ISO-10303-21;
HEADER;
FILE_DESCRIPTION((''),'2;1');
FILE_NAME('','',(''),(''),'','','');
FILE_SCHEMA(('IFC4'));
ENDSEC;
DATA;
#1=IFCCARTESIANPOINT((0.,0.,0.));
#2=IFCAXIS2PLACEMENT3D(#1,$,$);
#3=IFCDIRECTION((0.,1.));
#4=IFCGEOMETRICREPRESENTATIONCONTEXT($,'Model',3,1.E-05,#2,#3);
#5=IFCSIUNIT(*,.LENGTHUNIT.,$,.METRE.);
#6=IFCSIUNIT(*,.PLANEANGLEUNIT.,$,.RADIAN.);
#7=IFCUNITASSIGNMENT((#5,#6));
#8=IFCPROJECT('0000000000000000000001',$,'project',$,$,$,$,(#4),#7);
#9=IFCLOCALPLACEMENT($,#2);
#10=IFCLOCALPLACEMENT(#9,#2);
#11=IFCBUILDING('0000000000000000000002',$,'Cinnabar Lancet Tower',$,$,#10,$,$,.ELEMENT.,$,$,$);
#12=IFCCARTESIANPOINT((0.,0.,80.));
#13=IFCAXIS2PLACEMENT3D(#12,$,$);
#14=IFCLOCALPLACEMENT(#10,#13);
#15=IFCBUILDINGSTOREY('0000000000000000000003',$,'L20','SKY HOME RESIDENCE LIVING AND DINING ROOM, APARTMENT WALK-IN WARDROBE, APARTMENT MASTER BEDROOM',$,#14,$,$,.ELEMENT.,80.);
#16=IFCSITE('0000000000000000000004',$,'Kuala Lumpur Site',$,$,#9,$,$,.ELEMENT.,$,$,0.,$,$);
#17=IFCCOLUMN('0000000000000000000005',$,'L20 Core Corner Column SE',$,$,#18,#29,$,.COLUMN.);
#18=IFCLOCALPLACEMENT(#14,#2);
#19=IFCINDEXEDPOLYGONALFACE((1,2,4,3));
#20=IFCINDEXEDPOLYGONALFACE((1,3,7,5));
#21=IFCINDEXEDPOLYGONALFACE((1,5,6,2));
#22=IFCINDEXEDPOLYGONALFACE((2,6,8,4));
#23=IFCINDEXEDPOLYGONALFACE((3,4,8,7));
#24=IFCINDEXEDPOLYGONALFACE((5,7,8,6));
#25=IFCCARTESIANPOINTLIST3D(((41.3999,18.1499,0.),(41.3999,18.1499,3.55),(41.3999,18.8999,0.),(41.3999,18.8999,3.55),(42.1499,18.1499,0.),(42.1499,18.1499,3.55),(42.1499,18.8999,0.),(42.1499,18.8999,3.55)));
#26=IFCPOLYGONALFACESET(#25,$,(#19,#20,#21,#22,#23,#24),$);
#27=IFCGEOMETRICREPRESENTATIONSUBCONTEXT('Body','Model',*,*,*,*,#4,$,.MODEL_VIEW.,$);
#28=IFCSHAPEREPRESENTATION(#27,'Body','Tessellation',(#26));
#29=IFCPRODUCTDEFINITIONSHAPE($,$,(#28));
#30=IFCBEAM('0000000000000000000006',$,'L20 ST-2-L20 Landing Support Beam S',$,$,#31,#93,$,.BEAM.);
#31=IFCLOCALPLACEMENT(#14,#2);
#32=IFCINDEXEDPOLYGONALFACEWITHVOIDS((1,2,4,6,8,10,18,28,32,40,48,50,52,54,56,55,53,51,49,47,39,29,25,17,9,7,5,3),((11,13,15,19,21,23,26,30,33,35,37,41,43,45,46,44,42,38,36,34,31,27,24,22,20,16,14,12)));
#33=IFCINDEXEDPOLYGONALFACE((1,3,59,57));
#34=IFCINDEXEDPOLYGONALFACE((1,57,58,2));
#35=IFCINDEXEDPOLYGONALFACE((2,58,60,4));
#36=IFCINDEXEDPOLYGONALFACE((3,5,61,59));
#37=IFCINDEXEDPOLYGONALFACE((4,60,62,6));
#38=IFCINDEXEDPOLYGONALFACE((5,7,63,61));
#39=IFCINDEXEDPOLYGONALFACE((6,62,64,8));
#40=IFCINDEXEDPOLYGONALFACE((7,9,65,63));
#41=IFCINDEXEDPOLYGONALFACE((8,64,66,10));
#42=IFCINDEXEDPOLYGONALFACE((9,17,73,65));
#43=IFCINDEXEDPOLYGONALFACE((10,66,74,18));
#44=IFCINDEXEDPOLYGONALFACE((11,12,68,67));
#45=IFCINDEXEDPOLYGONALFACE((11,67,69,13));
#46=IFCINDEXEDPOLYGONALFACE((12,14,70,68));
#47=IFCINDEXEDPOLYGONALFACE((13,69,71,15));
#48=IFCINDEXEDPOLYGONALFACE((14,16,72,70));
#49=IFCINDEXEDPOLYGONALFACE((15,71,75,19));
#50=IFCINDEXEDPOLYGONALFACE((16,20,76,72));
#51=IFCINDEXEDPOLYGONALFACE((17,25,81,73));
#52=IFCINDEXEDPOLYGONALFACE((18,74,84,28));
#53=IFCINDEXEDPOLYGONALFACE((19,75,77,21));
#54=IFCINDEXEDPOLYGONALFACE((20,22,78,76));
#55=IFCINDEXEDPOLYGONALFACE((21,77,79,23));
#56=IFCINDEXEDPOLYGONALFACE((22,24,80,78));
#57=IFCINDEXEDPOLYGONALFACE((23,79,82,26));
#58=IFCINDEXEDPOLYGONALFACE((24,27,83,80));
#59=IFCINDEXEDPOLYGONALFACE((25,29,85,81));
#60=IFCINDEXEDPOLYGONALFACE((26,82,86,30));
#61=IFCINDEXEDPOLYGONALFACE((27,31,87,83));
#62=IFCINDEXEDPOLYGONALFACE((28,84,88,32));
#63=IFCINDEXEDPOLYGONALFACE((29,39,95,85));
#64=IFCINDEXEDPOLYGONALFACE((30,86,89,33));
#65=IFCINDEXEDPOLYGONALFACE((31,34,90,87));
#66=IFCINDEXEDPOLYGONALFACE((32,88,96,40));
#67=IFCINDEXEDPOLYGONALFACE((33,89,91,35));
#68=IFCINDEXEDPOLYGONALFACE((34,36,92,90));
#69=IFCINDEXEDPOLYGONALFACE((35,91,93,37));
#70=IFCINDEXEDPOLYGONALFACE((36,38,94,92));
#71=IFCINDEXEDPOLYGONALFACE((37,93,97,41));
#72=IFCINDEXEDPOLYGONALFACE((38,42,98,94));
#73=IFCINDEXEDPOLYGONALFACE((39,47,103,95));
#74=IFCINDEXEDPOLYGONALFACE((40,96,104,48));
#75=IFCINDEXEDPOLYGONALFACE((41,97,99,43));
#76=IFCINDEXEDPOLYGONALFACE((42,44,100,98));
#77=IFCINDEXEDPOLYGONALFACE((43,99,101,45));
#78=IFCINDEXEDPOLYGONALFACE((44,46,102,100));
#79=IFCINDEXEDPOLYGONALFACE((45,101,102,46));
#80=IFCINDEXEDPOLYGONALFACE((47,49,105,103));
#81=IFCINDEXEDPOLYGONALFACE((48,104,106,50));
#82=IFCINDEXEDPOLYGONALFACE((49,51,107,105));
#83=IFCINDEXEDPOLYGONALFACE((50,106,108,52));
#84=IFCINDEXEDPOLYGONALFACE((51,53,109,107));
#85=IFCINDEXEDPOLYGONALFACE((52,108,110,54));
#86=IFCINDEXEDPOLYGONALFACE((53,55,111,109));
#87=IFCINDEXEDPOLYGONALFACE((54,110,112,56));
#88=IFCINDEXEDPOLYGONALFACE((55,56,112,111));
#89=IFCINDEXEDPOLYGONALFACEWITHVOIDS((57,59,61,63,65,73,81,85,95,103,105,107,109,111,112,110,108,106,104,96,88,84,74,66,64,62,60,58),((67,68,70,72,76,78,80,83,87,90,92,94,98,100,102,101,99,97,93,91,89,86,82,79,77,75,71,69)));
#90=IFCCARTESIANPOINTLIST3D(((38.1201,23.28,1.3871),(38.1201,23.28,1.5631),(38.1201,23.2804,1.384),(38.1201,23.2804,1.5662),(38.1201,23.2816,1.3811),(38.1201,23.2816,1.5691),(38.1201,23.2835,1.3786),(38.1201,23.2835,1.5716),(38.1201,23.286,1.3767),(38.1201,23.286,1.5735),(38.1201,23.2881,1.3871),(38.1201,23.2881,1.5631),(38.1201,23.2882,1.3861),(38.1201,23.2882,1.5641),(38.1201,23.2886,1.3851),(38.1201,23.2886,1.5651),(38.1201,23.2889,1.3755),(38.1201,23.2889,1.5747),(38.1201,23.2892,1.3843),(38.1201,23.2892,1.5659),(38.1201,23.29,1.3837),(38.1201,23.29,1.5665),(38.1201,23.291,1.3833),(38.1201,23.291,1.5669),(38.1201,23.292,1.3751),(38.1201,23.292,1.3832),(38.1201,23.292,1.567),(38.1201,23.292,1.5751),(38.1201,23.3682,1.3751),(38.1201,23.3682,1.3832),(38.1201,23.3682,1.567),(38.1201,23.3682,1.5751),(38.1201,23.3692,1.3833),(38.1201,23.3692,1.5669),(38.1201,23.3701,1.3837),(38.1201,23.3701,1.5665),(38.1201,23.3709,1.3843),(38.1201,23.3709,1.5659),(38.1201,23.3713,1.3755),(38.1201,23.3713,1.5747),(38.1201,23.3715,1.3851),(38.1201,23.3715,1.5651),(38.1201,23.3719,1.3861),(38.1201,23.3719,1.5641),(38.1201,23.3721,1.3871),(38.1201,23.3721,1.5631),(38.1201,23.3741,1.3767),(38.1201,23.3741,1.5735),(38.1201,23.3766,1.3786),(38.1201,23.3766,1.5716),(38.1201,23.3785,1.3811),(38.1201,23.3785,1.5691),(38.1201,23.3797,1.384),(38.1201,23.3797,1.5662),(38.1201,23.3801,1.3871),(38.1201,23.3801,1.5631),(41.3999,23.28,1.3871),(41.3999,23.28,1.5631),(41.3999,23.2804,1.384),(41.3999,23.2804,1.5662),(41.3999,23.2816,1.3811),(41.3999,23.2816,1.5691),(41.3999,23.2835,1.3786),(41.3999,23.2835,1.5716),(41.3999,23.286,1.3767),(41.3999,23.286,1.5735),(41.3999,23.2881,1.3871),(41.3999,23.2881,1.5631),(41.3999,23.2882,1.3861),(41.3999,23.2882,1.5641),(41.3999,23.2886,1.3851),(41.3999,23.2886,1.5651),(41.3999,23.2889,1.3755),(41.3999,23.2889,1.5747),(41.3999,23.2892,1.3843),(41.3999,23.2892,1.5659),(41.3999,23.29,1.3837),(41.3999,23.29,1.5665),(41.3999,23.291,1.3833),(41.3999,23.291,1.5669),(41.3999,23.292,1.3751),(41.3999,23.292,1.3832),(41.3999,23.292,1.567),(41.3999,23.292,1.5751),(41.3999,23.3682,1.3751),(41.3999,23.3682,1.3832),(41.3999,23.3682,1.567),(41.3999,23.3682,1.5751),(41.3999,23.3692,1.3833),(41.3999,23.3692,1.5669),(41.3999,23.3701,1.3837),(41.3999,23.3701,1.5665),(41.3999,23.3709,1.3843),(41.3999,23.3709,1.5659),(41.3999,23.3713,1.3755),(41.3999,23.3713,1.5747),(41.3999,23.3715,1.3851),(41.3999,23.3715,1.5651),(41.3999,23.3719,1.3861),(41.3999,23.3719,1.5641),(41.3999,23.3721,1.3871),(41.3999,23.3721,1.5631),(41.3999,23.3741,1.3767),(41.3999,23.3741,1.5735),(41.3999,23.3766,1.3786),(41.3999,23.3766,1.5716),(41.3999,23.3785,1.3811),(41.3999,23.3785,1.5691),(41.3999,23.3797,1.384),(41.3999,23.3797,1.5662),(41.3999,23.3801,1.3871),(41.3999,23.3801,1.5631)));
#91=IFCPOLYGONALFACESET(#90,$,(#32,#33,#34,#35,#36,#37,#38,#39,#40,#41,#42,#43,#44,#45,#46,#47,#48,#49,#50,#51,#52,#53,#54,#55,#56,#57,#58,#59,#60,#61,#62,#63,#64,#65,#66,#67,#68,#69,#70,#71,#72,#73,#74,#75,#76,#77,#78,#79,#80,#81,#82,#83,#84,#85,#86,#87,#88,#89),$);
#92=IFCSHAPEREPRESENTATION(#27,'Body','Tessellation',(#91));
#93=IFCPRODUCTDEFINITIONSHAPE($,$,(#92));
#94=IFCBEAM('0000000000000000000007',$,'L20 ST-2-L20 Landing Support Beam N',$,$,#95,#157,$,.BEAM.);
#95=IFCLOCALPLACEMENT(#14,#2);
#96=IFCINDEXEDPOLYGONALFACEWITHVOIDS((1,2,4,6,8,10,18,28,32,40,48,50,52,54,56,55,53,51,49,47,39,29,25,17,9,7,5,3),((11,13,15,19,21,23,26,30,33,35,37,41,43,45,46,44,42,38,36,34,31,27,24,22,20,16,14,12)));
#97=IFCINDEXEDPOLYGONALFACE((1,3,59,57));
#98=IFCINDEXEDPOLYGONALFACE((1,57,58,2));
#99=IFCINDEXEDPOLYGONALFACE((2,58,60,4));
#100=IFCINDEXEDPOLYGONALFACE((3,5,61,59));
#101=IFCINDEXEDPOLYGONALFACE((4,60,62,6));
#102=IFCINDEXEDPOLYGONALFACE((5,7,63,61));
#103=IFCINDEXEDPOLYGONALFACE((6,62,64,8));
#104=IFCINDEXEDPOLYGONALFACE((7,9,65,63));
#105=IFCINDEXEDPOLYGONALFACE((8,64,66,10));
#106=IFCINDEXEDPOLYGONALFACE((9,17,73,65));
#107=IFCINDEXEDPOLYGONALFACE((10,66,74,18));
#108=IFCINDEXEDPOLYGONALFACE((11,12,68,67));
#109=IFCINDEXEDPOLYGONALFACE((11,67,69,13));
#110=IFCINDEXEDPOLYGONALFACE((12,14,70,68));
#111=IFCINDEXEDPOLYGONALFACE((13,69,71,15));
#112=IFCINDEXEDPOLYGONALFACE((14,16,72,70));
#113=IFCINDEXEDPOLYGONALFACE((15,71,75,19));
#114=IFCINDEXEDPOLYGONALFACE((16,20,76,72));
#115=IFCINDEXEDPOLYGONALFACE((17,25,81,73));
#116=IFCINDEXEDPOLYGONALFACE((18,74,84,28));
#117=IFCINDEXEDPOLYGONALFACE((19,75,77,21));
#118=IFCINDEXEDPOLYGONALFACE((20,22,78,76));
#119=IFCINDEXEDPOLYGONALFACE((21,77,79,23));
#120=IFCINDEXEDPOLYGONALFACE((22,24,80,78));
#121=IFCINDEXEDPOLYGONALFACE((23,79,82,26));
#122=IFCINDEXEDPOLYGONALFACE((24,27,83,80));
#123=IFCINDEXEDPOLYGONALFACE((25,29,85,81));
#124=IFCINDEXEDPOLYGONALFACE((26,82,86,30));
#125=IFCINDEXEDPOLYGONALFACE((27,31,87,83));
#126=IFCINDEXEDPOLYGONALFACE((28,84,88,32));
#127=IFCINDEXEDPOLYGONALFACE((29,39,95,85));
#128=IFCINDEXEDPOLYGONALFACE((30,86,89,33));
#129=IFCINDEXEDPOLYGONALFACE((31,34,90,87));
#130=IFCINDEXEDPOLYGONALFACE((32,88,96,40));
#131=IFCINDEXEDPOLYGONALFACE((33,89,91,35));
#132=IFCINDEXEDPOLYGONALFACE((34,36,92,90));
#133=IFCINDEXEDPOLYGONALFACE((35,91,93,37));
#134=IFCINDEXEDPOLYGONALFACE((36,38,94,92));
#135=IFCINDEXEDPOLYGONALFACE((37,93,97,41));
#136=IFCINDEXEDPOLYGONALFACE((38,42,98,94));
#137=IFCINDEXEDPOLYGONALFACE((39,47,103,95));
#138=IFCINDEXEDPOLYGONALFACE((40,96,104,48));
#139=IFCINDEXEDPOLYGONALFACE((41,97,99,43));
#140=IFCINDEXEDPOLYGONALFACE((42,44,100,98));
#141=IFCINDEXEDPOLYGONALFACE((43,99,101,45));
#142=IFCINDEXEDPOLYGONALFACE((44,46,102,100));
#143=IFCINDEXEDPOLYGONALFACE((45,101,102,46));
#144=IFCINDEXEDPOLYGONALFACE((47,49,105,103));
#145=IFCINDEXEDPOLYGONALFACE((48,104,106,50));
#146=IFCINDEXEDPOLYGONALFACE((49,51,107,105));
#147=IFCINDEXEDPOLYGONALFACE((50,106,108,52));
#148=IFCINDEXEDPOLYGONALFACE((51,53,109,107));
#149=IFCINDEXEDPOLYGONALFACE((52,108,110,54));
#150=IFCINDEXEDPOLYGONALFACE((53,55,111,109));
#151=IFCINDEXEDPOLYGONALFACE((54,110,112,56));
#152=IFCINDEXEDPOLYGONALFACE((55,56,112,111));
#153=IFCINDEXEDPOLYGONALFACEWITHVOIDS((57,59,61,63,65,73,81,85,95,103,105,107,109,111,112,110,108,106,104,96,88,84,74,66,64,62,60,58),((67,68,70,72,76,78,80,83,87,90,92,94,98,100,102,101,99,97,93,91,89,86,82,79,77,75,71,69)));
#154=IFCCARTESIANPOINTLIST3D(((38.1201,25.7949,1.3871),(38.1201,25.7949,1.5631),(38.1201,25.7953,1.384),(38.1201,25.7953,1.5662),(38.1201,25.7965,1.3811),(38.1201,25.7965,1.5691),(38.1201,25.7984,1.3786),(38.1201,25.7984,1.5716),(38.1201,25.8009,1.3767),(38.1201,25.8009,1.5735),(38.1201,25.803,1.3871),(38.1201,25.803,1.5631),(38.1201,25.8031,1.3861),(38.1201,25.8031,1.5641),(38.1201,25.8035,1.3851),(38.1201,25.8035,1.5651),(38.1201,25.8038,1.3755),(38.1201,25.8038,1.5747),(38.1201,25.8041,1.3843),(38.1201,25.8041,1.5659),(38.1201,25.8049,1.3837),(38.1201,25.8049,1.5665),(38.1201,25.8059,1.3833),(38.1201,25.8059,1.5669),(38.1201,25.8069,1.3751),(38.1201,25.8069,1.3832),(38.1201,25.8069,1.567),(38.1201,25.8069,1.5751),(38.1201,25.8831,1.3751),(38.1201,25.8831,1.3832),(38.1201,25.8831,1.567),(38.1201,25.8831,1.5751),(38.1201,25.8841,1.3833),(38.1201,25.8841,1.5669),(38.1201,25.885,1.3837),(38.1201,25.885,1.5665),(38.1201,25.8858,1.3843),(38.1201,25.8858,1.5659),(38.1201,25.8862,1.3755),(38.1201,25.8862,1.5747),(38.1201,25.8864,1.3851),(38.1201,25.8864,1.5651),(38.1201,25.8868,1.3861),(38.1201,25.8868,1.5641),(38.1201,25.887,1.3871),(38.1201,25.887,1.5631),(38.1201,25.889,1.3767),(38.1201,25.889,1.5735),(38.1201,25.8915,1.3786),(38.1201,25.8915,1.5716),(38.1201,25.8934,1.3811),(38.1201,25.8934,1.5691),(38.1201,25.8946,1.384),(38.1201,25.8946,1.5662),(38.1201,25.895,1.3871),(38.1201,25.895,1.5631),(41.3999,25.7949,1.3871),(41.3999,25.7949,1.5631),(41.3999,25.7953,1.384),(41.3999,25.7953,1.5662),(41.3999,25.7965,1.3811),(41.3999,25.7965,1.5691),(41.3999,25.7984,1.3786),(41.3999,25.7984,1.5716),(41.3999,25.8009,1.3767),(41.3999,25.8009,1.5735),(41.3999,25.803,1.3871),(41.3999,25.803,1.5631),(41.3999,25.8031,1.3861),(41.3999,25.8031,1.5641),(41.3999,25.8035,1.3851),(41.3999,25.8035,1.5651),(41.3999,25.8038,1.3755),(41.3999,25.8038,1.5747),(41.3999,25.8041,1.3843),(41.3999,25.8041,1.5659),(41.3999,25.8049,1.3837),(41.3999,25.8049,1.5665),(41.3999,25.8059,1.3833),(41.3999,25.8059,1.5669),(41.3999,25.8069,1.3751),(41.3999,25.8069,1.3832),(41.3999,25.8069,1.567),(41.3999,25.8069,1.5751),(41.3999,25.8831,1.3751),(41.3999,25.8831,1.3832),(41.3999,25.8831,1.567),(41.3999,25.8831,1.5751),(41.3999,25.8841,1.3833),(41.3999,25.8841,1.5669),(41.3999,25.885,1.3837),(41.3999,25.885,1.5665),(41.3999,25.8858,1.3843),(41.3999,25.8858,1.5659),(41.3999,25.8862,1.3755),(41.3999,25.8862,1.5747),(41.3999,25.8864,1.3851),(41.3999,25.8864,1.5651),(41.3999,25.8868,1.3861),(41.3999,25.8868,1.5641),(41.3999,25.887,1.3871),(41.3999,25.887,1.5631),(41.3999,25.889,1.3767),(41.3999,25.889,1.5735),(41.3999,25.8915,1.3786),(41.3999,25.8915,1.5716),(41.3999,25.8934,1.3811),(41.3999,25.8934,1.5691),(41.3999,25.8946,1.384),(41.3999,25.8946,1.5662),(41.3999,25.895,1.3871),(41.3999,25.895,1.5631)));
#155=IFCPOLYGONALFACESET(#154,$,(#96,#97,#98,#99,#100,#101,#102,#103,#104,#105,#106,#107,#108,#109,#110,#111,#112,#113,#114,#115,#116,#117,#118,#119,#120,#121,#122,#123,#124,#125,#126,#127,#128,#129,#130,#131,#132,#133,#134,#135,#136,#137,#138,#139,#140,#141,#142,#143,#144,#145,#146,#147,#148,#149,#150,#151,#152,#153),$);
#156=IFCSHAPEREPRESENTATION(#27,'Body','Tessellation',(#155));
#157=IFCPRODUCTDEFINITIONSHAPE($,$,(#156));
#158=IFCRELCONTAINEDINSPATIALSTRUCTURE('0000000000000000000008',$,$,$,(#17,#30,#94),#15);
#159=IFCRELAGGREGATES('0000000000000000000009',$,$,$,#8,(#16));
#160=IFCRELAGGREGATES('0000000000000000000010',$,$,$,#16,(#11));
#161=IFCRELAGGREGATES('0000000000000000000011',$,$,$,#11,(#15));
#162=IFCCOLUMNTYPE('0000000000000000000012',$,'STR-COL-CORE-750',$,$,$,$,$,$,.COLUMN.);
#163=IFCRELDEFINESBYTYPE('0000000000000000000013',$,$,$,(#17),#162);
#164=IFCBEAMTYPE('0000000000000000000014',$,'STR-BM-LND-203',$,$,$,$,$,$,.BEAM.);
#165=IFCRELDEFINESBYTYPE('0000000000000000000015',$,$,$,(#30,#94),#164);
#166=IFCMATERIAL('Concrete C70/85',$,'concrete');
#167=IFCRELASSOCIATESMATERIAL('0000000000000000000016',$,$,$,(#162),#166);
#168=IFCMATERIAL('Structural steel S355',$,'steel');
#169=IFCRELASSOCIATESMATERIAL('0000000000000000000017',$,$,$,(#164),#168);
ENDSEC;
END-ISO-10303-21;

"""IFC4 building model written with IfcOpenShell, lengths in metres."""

from ifc_helpers import new_model, si_unit, direction, frame, origin, origin_2d, place, context, subcontext, project, spatial, rectangle, hollow_rectangle, extrude, material, material_profile, profile_set, type_object, element, save


model = new_model("IFC4")

# Units and contexts
model_context = context("Model", 3, precision=1e-05, world=origin(), true_north=direction((0.0, 1.0)))
body_context = subcontext(model_context, "Body", "Model", "MODEL_VIEW")
ifc_project = project(units=[si_unit("LENGTHUNIT", "METRE"), si_unit("PLANEANGLEUNIT", "RADIAN")], contexts=[model_context])

# Site, building, storey
site_placement = place(None, origin())
site = spatial("IfcSite", under=ifc_project, at=site_placement, Name="Kuala Lumpur Site", CompositionType="ELEMENT", RefElevation=0.0)
building_placement = place(site_placement, origin())
building = spatial("IfcBuilding", under=site, at=building_placement, Name="Cinnabar Lancet Tower", CompositionType="ELEMENT")
storey_placement = place(building_placement, frame((0.0, 0.0, 80.0)))
storey = spatial("IfcBuildingStorey", under=building, at=storey_placement, Name="L20", Description="SKY HOME RESIDENCE LIVING AND DINING ROOM, APARTMENT WALK-IN WARDROBE, APARTMENT MASTER BEDROOM", CompositionType="ELEMENT", Elevation=80.0)

# Column
ifc_material_1 = material(Name="Concrete C70/85", Category="concrete")
ifc_material_profile_1 = material_profile(ifc_material_1, rectangle(XDim=0.75, YDim=0.75, at=origin_2d()), Name="RC-COL 750x750")
ifc_profile_set_1 = profile_set([ifc_material_profile_1], Name="Concrete C70/85")
column_type = type_object("IfcColumnType", Name="STR-COL-CORE-750", PredefinedType="COLUMN", material=ifc_profile_set_1)
column_placement = place(storey_placement, frame((41.7749, 18.5249, 0.0), z_axis=(0.0, 0.0, 1.0), x_axis=(1.0, 0.0, 0.0)))
element("IfcColumn", 1, at=column_placement, inside=storey, type_object=column_type, Name="L20 Core Corner Column SE", PredefinedType="COLUMN", context=body_context, shape_type="SweptSolid", body=[
    extrude(rectangle(XDim=0.75, YDim=0.75, at=origin_2d()), origin(), (0.0, 0.0, 1.0), 3.55),
])

# Beams
ifc_material_2 = material(Name="Structural steel S355", Category="steel")
ifc_material_profile_2 = material_profile(ifc_material_2, hollow_rectangle(XDim=0.1001, YDim=0.2, WallThickness=0.0081, InnerFilletRadius=0.0039, OuterFilletRadius=0.012, at=origin_2d()), Name="RHS 200x100x8")
ifc_profile_set_2 = profile_set([ifc_material_profile_2], Name="Structural steel S355")
beam_type = type_object("IfcBeamType", Name="STR-BM-LND-203", PredefinedType="BEAM", material=ifc_profile_set_2)
for number, where, z_axis, x_axis, name in (
    (2, (38.1201, 23.3301, 1.4751), (1.0, 0.0, 0.0), (0.0, 1.0, 0.0), "L20 ST-2-L20 Landing Support Beam S"),
    (3, (38.1201, 25.845, 1.4751), (1.0, 0.0, 0.0), (0.0, 1.0, 0.0), "L20 ST-2-L20 Landing Support Beam N"),
):
    element("IfcBeam", number, at=place(storey_placement, frame(where, z_axis=z_axis, x_axis=x_axis)), inside=storey, type_object=beam_type, Name=name, PredefinedType="BEAM", context=body_context, shape_type="SweptSolid", body=[
        extrude(hollow_rectangle(XDim=0.1001, YDim=0.2, WallThickness=0.0081, InnerFilletRadius=0.0039, OuterFilletRadius=0.012, at=origin_2d()), origin(), (0.0, 0.0, 1.0), 3.2798),
    ])

save(model, "model.ifc")
